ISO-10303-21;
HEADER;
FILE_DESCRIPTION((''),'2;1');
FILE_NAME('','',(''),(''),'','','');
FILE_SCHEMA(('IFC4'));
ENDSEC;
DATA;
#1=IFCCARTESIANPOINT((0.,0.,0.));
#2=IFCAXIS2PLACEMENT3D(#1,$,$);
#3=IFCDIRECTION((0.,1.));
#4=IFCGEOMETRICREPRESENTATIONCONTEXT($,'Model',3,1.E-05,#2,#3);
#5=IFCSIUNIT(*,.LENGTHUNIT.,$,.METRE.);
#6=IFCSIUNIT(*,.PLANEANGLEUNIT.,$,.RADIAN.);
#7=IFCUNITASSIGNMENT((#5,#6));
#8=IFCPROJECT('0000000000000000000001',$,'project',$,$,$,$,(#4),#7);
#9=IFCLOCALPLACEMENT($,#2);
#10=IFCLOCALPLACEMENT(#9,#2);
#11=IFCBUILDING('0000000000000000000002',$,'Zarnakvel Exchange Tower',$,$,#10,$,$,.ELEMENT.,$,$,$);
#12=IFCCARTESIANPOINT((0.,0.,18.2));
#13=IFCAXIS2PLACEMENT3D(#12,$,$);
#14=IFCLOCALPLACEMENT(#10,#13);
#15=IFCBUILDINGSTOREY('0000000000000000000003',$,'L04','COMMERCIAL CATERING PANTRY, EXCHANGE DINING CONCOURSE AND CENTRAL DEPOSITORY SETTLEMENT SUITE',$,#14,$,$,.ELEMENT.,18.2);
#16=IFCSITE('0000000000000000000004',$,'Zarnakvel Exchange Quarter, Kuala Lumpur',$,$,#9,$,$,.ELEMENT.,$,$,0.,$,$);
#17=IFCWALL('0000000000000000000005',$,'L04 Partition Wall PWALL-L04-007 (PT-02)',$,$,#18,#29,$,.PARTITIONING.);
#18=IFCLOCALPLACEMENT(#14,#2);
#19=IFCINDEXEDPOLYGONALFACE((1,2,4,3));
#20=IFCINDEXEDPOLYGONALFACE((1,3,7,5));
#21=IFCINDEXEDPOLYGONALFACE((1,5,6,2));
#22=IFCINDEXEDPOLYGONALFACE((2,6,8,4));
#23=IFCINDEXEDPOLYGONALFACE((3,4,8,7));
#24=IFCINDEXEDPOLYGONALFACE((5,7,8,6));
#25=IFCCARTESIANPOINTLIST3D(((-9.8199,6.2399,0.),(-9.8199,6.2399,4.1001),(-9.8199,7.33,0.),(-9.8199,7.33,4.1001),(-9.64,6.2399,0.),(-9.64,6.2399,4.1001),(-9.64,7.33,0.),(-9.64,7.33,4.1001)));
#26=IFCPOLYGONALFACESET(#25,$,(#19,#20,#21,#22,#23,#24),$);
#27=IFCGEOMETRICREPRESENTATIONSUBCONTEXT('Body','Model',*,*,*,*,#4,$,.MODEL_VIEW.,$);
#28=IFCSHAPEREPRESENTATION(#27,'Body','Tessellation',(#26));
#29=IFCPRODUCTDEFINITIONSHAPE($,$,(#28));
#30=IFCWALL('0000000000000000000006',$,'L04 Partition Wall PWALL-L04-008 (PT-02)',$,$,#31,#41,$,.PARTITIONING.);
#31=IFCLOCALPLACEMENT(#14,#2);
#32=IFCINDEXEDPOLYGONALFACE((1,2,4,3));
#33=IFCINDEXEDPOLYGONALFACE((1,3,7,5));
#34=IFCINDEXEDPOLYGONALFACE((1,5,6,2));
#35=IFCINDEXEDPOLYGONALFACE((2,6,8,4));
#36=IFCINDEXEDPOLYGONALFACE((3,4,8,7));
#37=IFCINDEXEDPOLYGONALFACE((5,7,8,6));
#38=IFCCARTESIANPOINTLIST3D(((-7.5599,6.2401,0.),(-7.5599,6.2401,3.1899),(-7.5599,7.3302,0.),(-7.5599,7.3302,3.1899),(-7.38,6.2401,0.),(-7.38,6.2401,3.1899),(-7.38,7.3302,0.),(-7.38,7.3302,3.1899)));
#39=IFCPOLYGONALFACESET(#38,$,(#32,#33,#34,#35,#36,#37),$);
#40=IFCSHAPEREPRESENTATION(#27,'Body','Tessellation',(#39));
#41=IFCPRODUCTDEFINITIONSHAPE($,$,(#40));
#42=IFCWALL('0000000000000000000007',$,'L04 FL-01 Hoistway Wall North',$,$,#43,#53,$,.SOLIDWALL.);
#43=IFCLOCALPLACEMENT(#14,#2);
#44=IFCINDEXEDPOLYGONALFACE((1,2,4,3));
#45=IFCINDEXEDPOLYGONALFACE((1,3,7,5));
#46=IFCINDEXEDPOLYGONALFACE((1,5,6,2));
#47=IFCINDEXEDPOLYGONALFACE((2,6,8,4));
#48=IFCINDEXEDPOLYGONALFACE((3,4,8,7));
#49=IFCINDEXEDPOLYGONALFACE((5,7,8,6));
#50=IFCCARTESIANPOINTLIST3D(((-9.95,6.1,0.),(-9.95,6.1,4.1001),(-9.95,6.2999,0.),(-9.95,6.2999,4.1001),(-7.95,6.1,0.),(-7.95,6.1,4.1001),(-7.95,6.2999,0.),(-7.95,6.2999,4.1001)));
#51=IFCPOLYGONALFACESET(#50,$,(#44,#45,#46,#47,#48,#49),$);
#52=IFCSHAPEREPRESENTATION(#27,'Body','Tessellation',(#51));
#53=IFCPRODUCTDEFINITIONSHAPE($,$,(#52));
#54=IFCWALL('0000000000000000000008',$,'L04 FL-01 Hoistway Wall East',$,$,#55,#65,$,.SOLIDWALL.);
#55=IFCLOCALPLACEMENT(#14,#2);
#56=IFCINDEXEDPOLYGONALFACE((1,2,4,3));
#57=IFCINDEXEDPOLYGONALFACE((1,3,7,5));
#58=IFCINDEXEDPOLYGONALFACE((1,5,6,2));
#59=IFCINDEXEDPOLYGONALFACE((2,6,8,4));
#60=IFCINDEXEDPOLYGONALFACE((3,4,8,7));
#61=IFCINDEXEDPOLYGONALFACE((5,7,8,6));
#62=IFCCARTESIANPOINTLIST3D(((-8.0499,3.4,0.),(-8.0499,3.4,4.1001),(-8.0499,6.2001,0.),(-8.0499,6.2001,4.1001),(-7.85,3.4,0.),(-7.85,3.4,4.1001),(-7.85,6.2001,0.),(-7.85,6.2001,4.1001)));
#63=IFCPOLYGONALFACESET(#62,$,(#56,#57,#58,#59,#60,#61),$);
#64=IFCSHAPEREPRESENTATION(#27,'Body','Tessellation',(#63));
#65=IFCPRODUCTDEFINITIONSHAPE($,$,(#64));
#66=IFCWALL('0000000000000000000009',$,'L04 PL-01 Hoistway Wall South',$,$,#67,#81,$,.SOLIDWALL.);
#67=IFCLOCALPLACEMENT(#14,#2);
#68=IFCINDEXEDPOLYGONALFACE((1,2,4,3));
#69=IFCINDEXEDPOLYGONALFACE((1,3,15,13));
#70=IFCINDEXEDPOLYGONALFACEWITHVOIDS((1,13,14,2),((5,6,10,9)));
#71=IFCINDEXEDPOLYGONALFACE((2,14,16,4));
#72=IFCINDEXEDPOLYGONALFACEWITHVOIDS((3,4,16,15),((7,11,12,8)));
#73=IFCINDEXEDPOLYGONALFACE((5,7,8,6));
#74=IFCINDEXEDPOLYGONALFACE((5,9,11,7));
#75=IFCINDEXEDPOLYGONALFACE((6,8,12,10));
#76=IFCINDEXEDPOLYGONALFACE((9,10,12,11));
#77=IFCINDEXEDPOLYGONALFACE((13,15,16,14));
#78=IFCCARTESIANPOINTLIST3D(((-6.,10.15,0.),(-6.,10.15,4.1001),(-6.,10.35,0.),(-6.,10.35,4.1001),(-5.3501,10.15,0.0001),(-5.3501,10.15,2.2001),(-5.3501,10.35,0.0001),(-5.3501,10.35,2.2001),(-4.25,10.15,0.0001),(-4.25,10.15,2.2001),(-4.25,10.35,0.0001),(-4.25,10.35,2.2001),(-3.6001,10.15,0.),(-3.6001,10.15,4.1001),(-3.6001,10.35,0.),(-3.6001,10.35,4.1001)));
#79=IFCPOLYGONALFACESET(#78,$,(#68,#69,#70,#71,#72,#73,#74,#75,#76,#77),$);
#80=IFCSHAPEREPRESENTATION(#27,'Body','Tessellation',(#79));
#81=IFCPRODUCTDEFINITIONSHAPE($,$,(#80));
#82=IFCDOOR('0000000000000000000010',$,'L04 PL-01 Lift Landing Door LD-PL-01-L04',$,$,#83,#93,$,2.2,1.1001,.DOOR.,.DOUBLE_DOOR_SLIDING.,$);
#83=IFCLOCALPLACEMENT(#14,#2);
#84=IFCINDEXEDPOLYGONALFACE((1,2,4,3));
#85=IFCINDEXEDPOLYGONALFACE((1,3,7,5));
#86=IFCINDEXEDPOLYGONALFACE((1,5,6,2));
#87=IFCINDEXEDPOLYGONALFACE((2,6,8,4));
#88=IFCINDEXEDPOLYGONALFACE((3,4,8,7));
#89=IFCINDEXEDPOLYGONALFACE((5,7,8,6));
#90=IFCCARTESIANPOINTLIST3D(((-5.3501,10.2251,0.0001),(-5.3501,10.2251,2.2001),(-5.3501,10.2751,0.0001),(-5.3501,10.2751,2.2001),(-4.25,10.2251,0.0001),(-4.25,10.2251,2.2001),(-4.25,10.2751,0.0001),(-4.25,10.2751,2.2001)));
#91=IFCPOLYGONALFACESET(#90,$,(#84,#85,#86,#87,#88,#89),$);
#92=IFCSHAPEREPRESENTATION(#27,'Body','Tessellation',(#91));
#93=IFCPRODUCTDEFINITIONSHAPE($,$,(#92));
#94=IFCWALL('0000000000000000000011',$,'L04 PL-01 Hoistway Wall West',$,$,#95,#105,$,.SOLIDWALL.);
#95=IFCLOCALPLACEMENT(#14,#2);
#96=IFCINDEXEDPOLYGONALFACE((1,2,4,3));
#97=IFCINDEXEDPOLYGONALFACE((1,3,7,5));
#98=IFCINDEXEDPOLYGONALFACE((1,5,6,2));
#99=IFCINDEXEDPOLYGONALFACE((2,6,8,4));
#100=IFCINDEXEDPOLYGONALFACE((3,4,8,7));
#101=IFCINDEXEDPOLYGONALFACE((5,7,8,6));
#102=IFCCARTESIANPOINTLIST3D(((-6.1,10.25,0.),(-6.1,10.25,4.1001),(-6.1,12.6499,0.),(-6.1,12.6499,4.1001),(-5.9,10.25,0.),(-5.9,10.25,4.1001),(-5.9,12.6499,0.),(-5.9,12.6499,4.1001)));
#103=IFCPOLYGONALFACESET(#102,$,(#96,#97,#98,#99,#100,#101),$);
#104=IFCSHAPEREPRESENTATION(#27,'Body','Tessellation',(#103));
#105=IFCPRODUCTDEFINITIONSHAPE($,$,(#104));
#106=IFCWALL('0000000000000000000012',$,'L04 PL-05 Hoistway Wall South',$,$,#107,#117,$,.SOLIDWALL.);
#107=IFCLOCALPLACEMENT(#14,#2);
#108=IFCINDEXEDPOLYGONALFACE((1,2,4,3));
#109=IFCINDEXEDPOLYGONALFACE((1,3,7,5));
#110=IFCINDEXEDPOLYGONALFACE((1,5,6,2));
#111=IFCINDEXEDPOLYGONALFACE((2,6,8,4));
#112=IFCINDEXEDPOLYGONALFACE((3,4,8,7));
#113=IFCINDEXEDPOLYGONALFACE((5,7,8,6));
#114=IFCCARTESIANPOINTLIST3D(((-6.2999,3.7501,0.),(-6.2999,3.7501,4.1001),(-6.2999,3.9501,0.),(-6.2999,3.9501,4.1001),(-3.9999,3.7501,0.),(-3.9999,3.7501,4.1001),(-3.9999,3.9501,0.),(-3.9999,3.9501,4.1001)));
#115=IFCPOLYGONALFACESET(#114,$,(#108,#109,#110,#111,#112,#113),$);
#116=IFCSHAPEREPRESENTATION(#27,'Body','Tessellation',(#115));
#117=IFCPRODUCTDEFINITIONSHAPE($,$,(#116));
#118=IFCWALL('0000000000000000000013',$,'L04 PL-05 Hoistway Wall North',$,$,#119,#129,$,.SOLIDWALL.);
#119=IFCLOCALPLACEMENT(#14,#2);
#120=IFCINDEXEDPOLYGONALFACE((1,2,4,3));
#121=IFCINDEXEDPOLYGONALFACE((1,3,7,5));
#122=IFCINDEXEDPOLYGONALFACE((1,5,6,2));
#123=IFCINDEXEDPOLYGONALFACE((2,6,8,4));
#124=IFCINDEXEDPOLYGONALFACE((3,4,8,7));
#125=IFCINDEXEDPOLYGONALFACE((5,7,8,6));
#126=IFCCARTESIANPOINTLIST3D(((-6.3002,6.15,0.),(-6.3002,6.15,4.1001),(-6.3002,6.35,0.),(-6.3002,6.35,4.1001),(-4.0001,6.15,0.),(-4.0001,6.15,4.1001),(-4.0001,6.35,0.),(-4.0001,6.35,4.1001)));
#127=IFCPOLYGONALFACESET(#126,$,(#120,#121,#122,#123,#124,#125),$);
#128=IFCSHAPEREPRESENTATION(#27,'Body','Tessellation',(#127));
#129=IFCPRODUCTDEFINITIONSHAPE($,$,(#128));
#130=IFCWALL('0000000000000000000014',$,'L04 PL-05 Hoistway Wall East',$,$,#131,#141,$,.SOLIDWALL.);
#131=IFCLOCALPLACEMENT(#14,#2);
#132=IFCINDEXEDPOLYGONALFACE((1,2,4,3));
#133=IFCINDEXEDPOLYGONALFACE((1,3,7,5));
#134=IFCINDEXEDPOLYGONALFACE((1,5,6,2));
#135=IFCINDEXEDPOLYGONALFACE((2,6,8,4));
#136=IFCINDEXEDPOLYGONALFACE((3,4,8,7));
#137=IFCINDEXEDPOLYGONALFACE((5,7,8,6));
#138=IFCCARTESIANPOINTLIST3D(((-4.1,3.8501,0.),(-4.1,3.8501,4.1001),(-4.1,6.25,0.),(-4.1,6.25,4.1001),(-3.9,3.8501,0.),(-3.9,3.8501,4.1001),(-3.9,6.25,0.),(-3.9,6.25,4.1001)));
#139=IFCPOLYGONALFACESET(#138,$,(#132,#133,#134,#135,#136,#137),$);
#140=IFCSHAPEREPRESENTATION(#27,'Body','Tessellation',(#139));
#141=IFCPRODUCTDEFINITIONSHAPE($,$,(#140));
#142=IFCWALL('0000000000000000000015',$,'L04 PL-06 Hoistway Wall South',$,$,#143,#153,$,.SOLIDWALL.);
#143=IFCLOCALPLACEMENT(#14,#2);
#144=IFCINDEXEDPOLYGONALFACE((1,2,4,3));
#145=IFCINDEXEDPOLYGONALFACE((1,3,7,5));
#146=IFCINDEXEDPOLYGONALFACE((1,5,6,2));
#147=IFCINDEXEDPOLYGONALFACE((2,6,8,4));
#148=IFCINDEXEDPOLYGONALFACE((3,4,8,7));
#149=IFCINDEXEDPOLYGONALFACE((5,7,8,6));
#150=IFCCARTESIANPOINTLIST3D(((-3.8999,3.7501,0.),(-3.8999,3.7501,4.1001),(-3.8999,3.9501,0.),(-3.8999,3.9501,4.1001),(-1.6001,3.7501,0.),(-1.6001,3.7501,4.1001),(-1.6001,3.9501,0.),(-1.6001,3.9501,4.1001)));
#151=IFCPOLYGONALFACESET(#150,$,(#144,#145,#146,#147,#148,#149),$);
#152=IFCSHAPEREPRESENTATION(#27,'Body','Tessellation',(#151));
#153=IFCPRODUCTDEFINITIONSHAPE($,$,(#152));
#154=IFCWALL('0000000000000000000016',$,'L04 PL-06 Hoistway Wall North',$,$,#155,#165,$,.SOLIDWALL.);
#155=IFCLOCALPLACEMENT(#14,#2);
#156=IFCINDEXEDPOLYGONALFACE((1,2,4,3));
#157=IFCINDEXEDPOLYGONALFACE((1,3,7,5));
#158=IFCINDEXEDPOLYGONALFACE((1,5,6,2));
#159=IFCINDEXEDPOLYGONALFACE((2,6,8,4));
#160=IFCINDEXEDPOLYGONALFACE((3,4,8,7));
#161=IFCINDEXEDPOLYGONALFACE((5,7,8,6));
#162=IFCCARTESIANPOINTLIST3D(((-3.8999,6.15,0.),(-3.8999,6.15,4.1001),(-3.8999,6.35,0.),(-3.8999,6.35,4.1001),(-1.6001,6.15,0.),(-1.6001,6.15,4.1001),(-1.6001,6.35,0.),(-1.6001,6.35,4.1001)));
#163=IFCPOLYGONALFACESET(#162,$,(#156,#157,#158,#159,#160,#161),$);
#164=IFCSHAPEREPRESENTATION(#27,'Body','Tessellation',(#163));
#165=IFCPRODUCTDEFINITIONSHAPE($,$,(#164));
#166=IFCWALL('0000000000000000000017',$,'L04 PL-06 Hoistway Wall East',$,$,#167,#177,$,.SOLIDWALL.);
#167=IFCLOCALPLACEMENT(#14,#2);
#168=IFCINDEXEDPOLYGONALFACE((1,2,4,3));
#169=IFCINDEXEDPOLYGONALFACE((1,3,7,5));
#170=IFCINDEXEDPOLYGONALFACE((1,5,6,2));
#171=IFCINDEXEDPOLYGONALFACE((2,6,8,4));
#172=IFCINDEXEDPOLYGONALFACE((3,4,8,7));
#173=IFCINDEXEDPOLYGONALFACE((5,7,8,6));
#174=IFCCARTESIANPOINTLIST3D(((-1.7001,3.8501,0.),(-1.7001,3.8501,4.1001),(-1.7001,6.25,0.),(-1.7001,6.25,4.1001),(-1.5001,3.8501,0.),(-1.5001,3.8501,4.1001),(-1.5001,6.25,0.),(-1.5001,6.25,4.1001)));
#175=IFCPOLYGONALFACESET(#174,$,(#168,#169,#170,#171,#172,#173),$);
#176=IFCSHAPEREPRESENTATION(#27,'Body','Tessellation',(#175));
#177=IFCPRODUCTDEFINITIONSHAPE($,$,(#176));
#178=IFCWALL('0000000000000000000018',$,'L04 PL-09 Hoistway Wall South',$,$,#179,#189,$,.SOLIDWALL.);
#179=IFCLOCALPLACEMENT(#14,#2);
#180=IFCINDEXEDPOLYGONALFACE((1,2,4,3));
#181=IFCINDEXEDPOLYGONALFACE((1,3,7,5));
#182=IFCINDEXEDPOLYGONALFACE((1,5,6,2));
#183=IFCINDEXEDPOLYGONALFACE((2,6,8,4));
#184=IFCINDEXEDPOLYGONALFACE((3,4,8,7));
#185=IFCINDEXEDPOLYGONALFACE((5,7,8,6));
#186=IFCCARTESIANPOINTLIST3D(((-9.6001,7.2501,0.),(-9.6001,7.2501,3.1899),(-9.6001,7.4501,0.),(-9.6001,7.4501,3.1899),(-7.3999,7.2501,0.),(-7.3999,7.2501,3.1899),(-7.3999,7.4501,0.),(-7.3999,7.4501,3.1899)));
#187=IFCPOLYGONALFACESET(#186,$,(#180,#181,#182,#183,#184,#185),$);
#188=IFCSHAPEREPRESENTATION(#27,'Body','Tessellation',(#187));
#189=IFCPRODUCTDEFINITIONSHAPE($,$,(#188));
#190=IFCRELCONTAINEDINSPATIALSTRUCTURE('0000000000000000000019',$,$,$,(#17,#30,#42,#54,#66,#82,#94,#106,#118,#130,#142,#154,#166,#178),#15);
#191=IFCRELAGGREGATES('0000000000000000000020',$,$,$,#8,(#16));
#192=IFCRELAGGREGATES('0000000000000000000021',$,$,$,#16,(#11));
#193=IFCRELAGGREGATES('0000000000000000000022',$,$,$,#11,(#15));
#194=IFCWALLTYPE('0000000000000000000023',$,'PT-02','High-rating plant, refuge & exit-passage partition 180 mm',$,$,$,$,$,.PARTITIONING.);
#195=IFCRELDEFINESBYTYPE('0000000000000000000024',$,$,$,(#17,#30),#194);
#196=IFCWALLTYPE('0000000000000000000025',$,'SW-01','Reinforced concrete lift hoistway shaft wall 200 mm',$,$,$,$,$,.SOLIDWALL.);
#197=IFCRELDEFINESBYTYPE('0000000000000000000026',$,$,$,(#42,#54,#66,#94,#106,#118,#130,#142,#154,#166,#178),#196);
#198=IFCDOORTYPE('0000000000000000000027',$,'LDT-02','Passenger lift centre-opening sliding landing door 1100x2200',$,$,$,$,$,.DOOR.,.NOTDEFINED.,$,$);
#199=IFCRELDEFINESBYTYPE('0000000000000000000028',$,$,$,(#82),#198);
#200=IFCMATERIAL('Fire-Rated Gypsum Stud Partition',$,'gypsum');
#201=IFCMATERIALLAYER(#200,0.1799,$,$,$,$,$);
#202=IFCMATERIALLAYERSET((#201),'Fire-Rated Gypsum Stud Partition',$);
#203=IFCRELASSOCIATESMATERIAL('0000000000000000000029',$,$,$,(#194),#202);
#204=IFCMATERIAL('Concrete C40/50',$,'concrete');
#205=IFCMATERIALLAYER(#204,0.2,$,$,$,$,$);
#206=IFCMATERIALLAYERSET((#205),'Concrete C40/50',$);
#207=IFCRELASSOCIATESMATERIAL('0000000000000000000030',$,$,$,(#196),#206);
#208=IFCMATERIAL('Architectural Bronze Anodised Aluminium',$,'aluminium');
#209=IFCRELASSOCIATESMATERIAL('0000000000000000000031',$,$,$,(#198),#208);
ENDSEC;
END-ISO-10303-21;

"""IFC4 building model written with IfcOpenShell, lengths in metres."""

from ifc_helpers import new_model, si_unit, direction, frame, frame_2d, origin, place, context, subcontext, project, spatial, rectangle, extrude, source, transform, mapped, material, layer, layer_set, type_object, element, fill, save


model = new_model("IFC4")

# Units and contexts
model_context = context("Model", 3, precision=1e-05, world=origin(), true_north=direction((0.0, 1.0)))
body_context = subcontext(model_context, "Body", "Model", "MODEL_VIEW")
ifc_project = project(units=[si_unit("LENGTHUNIT", "METRE"), si_unit("PLANEANGLEUNIT", "RADIAN")], contexts=[model_context])

# Site, building, storey
site_placement = place(None, origin())
site = spatial("IfcSite", under=ifc_project, at=site_placement, Name="Zarnakvel Exchange Quarter, Kuala Lumpur", CompositionType="ELEMENT", RefElevation=0.0)
building_placement = place(site_placement, origin())
building = spatial("IfcBuilding", under=site, at=building_placement, Name="Zarnakvel Exchange Tower", CompositionType="ELEMENT")
storey_placement = place(building_placement, frame((0.0, 0.0, 18.2)))
storey = spatial("IfcBuildingStorey", under=building, at=storey_placement, Name="L04", Description="COMMERCIAL CATERING PANTRY, EXCHANGE DINING CONCOURSE AND CENTRAL DEPOSITORY SETTLEMENT SUITE", CompositionType="ELEMENT", Elevation=18.2)

# Walls
ifc_material_1 = material(Name="Fire-Rated Gypsum Stud Partition", Category="gypsum")
ifc_layer_1 = layer(ifc_material_1, 0.1799)
ifc_layer_set_1 = layer_set([ifc_layer_1], Name="Fire-Rated Gypsum Stud Partition")
wall_type_1 = type_object("IfcWallType", Name="PT-02", Description="High-rating plant, refuge & exit-passage partition 180 mm", PredefinedType="PARTITIONING", material=ifc_layer_set_1)
wall_1_placement = place(storey_placement, frame((-9.73, 6.24, 0.0), z_axis=(0.0, 0.0, 1.0), x_axis=(0.0, 1.0, 0.0)))
element("IfcWall", 1, at=wall_1_placement, inside=storey, type_object=wall_type_1, Name="L04 Partition Wall PWALL-L04-007 (PT-02)", PredefinedType="PARTITIONING", context=body_context, shape_type="SweptSolid", body=[
    extrude(rectangle(XDim=1.0901, YDim=0.1799, at=frame_2d((0.5449, 0.0))), origin(), (0.0, 0.0, 1.0), 4.1001),
])
wall_2_placement = place(storey_placement, frame((-7.47, 7.3301, 0.0), z_axis=(0.0, 0.0, 1.0), x_axis=(0.0, -1.0, 0.0)))
element("IfcWall", 2, at=wall_2_placement, inside=storey, type_object=wall_type_1, Name="L04 Partition Wall PWALL-L04-008 (PT-02)", PredefinedType="PARTITIONING", context=body_context, shape_type="SweptSolid", body=[
    extrude(rectangle(XDim=1.0901, YDim=0.1799, at=frame_2d((0.5449, 0.0))), origin(), (0.0, 0.0, 1.0), 3.1899),
])
ifc_material_2 = material(Name="Concrete C40/50", Category="concrete")
ifc_layer_2 = layer(ifc_material_2, 0.2)
ifc_layer_set_2 = layer_set([ifc_layer_2], Name="Concrete C40/50")
wall_type_2 = type_object("IfcWallType", Name="SW-01", Description="Reinforced concrete lift hoistway shaft wall 200 mm", PredefinedType="SOLIDWALL", material=ifc_layer_set_2)
wall_3_placement = place(storey_placement, frame((-9.95, 6.2, 0.0), z_axis=(0.0, 0.0, 1.0), x_axis=(1.0, 0.0, 0.0)))
element("IfcWall", 3, at=wall_3_placement, inside=storey, type_object=wall_type_2, Name="L04 FL-01 Hoistway Wall North", PredefinedType="SOLIDWALL", context=body_context, shape_type="SweptSolid", body=[
    extrude(rectangle(XDim=2.0, YDim=0.2, at=frame_2d((1.0, 0.0))), origin(), (0.0, 0.0, 1.0), 4.1001),
])
wall_4_placement = place(storey_placement, frame((-7.95, 6.2, 0.0), z_axis=(0.0, 0.0, 1.0), x_axis=(0.0, -1.0, 0.0)))
element("IfcWall", 4, at=wall_4_placement, inside=storey, type_object=wall_type_2, Name="L04 FL-01 Hoistway Wall East", PredefinedType="SOLIDWALL", context=body_context, shape_type="SweptSolid", body=[
    extrude(rectangle(XDim=2.8, YDim=0.2, at=frame_2d((1.3999, 0.0))), origin(), (0.0, 0.0, 1.0), 4.1001),
])

# Wall, opening, door
wall_5_placement = place(storey_placement, frame((-3.6001, 10.25, 0.0), z_axis=(0.0, 0.0, 1.0), x_axis=(-1.0, 0.0, 0.0)))
wall_5 = element("IfcWall", 5, at=wall_5_placement, inside=storey, type_object=wall_type_2, Name="L04 PL-01 Hoistway Wall South", PredefinedType="SOLIDWALL", context=body_context, shape_type="SweptSolid", body=[
    extrude(rectangle(XDim=2.3999, YDim=0.2, at=frame_2d((1.2, 0.0))), origin(), (0.0, 0.0, 1.0), 4.1001),
])
opening_placement = place(wall_5_placement, frame((0.6499, 0.0, 0.0)))
opening = element("IfcOpeningElement", 6, at=opening_placement, cuts=wall_5, PredefinedType="OPENING", context=body_context, shape_type="SweptSolid", body=[
    extrude(rectangle(XDim=1.1001, YDim=2.2, at=frame_2d((0.55, 1.1001))), frame((0.0, 0.1099, 0.0), z_axis=(0.0, -1.0, 0.0), x_axis=(1.0, 0.0, 0.0)), (0.0, 0.0, 1.0), 0.22),
])
ifc_material_3 = material(Name="Architectural Bronze Anodised Aluminium", Category="aluminium")
door_type = type_object("IfcDoorType", Name="LDT-02", Description="Passenger lift centre-opening sliding landing door 1100x2200", OperationType="NOTDEFINED", PredefinedType="DOOR", material=ifc_material_3)
shared_shape = source(origin(), body_context, "Body", "SweptSolid", [
    extrude(rectangle(XDim=1.1001, YDim=2.2, at=frame_2d((0.55, 1.1001))), frame((0.0, 0.0249, 0.0), z_axis=(0.0, -1.0, 0.0), x_axis=(1.0, 0.0, 0.0)), (0.0, 0.0, 1.0), 0.05),
])
door_placement = place(opening_placement, origin())
door = element("IfcDoor", 7, at=door_placement, inside=storey, type_object=door_type, Name="L04 PL-01 Lift Landing Door LD-PL-01-L04", OperationType="DOUBLE_DOOR_SLIDING", OverallHeight=2.2, OverallWidth=1.1001, PredefinedType="DOOR", context=body_context, shape_type="MappedRepresentation", body=[
    mapped(shared_shape, transform((0.0, 0.0, 0.0), x_axis=(1.0, 0.0, 0.0), y_axis=(0.0, 1.0, 0.0), z_axis=(0.0, 0.0, 1.0), scale=1.0)),
])
fill(opening, door)

# Walls
wall_6_placement = place(storey_placement, frame((-6.0, 10.25, 0.0), z_axis=(0.0, 0.0, 1.0), x_axis=(0.0, 1.0, 0.0)))
element("IfcWall", 8, at=wall_6_placement, inside=storey, type_object=wall_type_2, Name="L04 PL-01 Hoistway Wall West", PredefinedType="SOLIDWALL", context=body_context, shape_type="SweptSolid", body=[
    extrude(rectangle(XDim=2.3999, YDim=0.2, at=frame_2d((1.2, 0.0))), origin(), (0.0, 0.0, 1.0), 4.1001),
])
for number, where, z_axis, x_axis, name in (
    (9, (-4.0, 3.8501, 0.0), (0.0, 0.0, 1.0), (-1.0, 0.0, 0.0), "L04 PL-05 Hoistway Wall South"),
    (10, (-6.3, 6.25, 0.0), (0.0, 0.0, 1.0), (1.0, 0.0, 0.0), "L04 PL-05 Hoistway Wall North"),
):
    element("IfcWall", number, at=place(storey_placement, frame(where, z_axis=z_axis, x_axis=x_axis)), inside=storey, type_object=wall_type_2, Name=name, PredefinedType="SOLIDWALL", context=body_context, shape_type="SweptSolid", body=[
        extrude(rectangle(XDim=2.3, YDim=0.2, at=frame_2d((1.1499, 0.0))), origin(), (0.0, 0.0, 1.0), 4.1001),
    ])
wall_7_placement = place(storey_placement, frame((-4.0, 6.25, 0.0), z_axis=(0.0, 0.0, 1.0), x_axis=(0.0, -1.0, 0.0)))
element("IfcWall", 11, at=wall_7_placement, inside=storey, type_object=wall_type_2, Name="L04 PL-05 Hoistway Wall East", PredefinedType="SOLIDWALL", context=body_context, shape_type="SweptSolid", body=[
    extrude(rectangle(XDim=2.3999, YDim=0.2, at=frame_2d((1.2, 0.0))), origin(), (0.0, 0.0, 1.0), 4.1001),
])
for number, where, z_axis, x_axis, name in (
    (12, (-1.6001, 3.8501, 0.0), (0.0, 0.0, 1.0), (-1.0, 0.0, 0.0), "L04 PL-06 Hoistway Wall South"),
    (13, (-3.8999, 6.25, 0.0), (0.0, 0.0, 1.0), (1.0, 0.0, 0.0), "L04 PL-06 Hoistway Wall North"),
):
    element("IfcWall", number, at=place(storey_placement, frame(where, z_axis=z_axis, x_axis=x_axis)), inside=storey, type_object=wall_type_2, Name=name, PredefinedType="SOLIDWALL", context=body_context, shape_type="SweptSolid", body=[
        extrude(rectangle(XDim=2.2998, YDim=0.2, at=frame_2d((1.1499, 0.0))), origin(), (0.0, 0.0, 1.0), 4.1001),
    ])
wall_8_placement = place(storey_placement, frame((-1.6001, 6.25, 0.0), z_axis=(0.0, 0.0, 1.0), x_axis=(0.0, -1.0, 0.0)))
element("IfcWall", 14, at=wall_8_placement, inside=storey, type_object=wall_type_2, Name="L04 PL-06 Hoistway Wall East", PredefinedType="SOLIDWALL", context=body_context, shape_type="SweptSolid", body=[
    extrude(rectangle(XDim=2.3999, YDim=0.2, at=frame_2d((1.2, 0.0))), origin(), (0.0, 0.0, 1.0), 4.1001),
])
for number, where, z_axis, x_axis, name in (
    (15, (-7.3999, 7.3501, 0.0), (0.0, 0.0, 1.0), (-1.0, 0.0, 0.0), "L04 PL-09 Hoistway Wall South"),
):
    element("IfcWall", number, at=place(storey_placement, frame(where, z_axis=z_axis, x_axis=x_axis)), inside=storey, type_object=wall_type_2, Name=name, PredefinedType="SOLIDWALL", context=body_context, shape_type="SweptSolid", body=[
        extrude(rectangle(XDim=2.2002, YDim=0.2, at=frame_2d((1.1001, 0.0))), origin(), (0.0, 0.0, 1.0), 3.1899),
    ])

save(model, "model.ifc")
